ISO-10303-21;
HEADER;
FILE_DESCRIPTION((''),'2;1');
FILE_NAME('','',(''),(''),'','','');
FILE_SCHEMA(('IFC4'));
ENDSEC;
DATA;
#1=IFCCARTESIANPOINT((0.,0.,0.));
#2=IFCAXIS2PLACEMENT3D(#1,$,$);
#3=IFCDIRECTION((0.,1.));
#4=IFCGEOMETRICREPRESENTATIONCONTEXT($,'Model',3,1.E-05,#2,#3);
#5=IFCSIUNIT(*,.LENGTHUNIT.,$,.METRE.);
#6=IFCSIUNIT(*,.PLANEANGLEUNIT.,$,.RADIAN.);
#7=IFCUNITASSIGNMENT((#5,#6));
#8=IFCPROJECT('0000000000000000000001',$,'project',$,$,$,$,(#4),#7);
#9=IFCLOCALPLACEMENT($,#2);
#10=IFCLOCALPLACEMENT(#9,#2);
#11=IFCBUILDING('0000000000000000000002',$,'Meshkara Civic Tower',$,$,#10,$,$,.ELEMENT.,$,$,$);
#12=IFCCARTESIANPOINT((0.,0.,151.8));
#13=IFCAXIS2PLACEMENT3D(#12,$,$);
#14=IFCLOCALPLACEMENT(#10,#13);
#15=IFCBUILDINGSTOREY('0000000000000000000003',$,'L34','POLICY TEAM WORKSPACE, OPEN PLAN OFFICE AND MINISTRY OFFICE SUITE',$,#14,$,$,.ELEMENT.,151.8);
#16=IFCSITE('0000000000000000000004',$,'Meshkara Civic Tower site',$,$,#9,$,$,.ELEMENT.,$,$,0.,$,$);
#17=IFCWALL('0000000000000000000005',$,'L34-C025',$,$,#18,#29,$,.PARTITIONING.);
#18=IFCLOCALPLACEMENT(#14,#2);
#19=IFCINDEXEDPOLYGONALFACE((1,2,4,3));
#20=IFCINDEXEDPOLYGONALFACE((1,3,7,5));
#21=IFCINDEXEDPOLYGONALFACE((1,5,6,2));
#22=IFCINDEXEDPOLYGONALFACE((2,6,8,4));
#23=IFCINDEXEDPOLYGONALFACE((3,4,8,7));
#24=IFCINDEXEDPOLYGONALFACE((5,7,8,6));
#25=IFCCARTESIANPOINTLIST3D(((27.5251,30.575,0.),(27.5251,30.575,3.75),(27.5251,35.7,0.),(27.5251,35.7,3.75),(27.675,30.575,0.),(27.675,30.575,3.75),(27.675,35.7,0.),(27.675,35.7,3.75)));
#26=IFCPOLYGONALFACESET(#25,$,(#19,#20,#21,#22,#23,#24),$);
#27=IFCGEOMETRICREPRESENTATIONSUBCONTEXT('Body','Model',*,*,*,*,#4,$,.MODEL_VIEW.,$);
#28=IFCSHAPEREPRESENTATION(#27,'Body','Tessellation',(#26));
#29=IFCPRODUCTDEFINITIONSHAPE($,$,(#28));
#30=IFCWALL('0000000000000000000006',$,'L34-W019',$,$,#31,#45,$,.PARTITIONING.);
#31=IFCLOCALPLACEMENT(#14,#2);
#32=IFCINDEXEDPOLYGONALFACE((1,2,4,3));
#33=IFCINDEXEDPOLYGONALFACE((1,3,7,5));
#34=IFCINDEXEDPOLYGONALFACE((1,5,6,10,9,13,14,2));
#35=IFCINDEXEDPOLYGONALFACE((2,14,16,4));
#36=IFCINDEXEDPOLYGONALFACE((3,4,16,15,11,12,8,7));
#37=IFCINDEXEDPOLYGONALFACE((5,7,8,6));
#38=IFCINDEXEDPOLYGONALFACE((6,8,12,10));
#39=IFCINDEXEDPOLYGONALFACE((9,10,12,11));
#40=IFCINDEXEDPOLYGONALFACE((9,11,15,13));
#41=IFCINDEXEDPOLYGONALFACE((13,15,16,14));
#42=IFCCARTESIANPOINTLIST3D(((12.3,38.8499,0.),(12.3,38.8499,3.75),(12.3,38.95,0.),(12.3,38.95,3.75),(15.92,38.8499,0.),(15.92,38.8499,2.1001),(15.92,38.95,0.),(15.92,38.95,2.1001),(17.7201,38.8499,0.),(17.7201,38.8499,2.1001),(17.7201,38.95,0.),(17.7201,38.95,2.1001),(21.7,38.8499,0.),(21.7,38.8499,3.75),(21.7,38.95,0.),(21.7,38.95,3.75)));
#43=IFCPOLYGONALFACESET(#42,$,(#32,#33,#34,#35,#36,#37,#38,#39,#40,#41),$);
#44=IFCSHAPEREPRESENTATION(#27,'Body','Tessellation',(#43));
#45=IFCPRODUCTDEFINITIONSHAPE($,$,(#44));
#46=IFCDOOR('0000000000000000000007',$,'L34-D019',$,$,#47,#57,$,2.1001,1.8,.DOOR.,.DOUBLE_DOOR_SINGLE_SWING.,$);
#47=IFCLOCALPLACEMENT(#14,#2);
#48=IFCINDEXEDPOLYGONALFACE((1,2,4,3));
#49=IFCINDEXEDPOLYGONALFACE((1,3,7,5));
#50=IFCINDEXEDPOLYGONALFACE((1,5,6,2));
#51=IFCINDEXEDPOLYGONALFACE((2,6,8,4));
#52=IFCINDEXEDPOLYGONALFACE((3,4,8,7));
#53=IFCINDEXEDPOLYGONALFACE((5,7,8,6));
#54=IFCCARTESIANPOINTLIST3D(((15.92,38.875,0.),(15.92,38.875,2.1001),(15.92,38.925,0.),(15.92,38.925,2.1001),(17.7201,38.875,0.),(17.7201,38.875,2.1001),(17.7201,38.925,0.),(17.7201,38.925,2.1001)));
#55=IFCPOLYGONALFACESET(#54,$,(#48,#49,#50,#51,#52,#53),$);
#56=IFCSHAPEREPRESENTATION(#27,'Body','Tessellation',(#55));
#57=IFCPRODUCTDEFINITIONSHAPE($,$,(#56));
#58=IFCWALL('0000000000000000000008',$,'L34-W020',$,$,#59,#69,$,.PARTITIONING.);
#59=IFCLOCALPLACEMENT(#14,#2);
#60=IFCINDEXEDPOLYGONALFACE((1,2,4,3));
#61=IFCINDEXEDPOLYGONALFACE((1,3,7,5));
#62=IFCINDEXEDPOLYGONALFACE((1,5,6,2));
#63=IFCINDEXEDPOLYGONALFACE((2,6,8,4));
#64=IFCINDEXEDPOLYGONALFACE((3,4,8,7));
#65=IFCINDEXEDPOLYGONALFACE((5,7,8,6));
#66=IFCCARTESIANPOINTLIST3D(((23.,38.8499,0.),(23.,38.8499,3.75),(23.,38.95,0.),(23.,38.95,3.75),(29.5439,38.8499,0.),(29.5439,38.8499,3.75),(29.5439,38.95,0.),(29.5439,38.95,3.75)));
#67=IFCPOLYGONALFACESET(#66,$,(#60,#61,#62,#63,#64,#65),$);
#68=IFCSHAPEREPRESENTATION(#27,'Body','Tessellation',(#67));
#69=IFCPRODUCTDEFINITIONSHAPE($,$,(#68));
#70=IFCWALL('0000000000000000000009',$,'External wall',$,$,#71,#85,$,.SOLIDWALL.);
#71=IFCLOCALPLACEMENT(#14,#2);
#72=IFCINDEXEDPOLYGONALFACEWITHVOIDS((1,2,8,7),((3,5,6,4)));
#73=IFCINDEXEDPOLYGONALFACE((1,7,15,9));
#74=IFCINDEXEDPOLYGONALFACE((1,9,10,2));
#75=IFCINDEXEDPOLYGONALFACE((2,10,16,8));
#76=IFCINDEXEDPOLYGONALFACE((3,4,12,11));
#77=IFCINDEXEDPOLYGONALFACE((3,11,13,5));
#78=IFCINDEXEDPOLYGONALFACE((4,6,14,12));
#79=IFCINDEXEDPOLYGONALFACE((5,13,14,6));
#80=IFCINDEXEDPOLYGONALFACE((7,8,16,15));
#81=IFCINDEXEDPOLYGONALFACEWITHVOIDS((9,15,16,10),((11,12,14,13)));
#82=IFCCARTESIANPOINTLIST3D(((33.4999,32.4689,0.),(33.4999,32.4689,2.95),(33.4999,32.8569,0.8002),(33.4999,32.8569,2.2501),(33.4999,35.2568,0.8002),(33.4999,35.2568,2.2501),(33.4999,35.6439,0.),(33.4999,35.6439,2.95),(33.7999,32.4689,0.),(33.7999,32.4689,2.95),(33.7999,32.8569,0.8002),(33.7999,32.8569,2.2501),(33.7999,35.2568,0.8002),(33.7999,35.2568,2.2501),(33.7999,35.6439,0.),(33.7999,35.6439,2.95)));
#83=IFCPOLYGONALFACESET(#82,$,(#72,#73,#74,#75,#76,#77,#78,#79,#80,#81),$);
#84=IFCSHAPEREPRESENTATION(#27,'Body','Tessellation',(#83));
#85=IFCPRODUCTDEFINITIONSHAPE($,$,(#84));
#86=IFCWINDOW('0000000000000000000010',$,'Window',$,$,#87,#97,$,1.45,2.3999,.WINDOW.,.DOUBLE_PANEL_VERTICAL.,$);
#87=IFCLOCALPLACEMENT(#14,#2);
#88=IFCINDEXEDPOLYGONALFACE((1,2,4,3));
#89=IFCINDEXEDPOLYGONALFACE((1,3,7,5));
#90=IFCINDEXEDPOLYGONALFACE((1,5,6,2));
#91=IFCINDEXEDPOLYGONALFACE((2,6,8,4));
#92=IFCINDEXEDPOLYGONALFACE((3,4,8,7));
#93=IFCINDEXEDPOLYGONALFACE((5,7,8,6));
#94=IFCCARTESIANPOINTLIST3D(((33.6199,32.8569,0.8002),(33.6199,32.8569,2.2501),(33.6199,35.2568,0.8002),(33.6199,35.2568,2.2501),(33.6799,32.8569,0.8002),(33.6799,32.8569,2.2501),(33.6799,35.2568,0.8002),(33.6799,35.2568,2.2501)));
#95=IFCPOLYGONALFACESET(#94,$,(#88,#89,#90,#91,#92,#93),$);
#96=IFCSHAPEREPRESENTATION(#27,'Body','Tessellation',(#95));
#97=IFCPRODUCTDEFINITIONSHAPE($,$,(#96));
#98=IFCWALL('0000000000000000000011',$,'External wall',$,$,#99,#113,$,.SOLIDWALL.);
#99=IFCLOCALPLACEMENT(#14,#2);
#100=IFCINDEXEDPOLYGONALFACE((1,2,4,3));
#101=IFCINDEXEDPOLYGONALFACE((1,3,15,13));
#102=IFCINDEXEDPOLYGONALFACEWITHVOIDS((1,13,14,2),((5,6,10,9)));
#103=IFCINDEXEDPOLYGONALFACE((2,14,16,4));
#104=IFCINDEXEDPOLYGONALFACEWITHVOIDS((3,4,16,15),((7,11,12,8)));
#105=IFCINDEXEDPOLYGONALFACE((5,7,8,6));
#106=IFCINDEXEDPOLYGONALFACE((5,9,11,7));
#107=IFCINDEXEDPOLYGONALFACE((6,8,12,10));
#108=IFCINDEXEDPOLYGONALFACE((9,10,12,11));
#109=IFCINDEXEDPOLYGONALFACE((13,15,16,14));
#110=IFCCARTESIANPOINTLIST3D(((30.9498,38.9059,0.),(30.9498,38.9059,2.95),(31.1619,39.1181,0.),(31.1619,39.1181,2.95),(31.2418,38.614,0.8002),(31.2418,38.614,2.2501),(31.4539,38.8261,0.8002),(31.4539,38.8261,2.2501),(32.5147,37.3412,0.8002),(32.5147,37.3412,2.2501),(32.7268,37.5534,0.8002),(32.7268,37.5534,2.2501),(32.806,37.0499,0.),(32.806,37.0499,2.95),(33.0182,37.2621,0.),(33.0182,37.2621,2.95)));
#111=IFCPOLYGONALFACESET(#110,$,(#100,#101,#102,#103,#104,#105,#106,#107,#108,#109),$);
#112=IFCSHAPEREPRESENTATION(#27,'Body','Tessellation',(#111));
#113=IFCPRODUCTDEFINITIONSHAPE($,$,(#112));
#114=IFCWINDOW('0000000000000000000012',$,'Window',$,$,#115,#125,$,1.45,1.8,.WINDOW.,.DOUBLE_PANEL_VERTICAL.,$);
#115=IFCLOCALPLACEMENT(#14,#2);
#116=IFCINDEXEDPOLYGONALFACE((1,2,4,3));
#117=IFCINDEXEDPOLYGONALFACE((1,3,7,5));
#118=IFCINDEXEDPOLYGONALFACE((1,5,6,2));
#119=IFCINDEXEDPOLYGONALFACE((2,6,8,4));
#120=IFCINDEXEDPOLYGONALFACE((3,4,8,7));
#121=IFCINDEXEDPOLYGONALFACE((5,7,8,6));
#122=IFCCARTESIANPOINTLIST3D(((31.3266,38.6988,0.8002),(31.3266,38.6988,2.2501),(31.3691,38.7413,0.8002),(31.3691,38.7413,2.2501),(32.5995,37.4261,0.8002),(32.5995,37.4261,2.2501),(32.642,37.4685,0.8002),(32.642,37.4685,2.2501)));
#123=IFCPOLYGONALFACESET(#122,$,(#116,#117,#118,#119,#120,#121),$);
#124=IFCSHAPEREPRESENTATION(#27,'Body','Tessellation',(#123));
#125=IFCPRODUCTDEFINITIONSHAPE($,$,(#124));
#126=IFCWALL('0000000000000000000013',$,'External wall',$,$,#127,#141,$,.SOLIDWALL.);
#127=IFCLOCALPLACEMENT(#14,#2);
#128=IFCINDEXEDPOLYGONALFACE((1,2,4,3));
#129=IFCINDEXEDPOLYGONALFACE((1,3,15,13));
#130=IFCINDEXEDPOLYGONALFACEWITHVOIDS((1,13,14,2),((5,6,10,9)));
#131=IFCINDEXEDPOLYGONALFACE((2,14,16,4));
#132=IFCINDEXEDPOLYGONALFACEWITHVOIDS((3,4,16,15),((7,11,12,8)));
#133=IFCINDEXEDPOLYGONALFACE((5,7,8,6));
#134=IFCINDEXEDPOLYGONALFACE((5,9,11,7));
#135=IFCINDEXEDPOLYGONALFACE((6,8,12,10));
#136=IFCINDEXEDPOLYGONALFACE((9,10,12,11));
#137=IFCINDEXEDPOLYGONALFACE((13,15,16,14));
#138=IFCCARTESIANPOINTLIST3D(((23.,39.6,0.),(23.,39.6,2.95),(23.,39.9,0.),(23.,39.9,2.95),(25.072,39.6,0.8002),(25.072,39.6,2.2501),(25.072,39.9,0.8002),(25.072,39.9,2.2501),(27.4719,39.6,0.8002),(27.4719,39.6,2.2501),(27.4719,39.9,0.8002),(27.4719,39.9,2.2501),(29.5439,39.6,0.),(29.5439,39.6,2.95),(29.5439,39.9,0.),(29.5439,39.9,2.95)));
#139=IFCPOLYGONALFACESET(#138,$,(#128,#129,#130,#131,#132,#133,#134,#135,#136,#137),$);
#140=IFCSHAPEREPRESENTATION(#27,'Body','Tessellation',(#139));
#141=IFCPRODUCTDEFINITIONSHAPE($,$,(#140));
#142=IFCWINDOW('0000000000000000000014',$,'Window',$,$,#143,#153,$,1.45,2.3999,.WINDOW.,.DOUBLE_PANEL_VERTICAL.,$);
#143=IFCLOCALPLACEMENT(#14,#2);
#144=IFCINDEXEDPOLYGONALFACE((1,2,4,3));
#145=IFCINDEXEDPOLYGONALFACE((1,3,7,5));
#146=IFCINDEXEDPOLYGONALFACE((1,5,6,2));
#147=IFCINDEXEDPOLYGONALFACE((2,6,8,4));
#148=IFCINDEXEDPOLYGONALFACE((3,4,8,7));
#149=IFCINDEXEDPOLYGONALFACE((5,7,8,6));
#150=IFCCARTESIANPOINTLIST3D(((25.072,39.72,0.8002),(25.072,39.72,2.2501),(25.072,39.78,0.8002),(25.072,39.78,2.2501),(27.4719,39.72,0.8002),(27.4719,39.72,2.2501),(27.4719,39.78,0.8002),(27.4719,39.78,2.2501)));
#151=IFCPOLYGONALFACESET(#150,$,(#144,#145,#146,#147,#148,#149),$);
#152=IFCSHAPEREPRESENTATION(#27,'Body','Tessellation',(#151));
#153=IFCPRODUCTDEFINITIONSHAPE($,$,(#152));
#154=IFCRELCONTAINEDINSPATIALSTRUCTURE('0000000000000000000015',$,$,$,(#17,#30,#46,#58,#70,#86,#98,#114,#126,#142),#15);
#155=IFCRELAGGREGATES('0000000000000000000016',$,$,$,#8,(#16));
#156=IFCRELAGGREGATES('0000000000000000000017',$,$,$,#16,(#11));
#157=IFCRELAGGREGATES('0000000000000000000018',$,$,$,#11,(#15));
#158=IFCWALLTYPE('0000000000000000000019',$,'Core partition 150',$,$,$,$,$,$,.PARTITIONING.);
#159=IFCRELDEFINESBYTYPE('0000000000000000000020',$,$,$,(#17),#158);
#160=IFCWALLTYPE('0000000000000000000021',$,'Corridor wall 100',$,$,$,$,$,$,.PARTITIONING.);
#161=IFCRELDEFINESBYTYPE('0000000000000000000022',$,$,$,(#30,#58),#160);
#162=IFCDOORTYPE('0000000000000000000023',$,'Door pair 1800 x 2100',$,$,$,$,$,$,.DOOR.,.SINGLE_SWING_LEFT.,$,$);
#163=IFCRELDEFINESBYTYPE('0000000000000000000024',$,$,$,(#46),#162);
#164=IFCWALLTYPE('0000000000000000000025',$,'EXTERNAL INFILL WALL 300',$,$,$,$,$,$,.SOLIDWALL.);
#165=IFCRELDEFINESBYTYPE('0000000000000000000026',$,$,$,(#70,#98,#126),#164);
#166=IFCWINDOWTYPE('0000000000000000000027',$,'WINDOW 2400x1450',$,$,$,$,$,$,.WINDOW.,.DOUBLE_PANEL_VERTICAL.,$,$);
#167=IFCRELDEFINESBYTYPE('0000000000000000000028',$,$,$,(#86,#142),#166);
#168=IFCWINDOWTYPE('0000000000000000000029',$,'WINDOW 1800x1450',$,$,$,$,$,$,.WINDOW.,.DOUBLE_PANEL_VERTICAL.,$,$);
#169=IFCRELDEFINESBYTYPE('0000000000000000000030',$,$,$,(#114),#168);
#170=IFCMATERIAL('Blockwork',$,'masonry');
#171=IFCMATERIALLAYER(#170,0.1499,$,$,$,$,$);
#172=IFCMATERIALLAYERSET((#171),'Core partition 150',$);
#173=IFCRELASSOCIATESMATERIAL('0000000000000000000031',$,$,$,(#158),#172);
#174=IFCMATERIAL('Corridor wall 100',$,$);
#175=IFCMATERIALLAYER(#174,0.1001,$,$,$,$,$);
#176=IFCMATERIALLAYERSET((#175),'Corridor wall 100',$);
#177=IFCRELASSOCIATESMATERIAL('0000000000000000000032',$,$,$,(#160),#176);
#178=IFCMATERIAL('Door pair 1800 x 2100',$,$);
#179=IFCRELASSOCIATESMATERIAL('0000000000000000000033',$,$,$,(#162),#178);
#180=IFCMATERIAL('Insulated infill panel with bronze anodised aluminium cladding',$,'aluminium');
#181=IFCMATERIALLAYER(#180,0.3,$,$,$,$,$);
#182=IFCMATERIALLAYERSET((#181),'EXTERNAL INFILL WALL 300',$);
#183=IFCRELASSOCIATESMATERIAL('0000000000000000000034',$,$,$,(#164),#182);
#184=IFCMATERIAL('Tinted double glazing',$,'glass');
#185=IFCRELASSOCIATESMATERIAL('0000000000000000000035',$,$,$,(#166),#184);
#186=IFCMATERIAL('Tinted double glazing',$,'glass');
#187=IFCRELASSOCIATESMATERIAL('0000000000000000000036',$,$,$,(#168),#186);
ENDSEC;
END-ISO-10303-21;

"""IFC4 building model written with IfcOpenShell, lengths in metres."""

from ifc_helpers import new_model, si_unit, direction, frame, frame_2d, origin, place, context, subcontext, project, spatial, rectangle, extrude, material, layer, layer_set, type_object, element, fill, save


model = new_model("IFC4")

# Units and contexts
model_context = context("Model", 3, precision=1e-05, world=origin(), true_north=direction((0.0, 1.0)))
body_context = subcontext(model_context, "Body", "Model", "MODEL_VIEW")
ifc_project = project(units=[si_unit("LENGTHUNIT", "METRE"), si_unit("PLANEANGLEUNIT", "RADIAN")], contexts=[model_context])

# Site, building, storey
site_placement = place(None, origin())
site = spatial("IfcSite", under=ifc_project, at=site_placement, Name="Meshkara Civic Tower site", CompositionType="ELEMENT", RefElevation=0.0)
building_placement = place(site_placement, origin())
building = spatial("IfcBuilding", under=site, at=building_placement, Name="Meshkara Civic Tower", CompositionType="ELEMENT")
storey_placement = place(building_placement, frame((0.0, 0.0, 151.8)))
storey = spatial("IfcBuildingStorey", under=building, at=storey_placement, Name="L34", Description="POLICY TEAM WORKSPACE, OPEN PLAN OFFICE AND MINISTRY OFFICE SUITE", CompositionType="ELEMENT", Elevation=151.8)

# Shared definitions
ifc_material_1 = material(Name="Blockwork", Category="masonry")
ifc_layer_1 = layer(ifc_material_1, 0.1499)
ifc_layer_set_1 = layer_set([ifc_layer_1], Name="Core partition 150")
wall_type_1 = type_object("IfcWallType", Name="Core partition 150", PredefinedType="PARTITIONING", material=ifc_layer_set_1)

# Wall
for number, where, z_axis, x_axis, name in (
    (1, (27.6001, 30.575, 0.0), (0.0, 0.0, 1.0), (0.0, 1.0, 0.0), "L34-C025"),
):
    element("IfcWall", number, at=place(storey_placement, frame(where, z_axis=z_axis, x_axis=x_axis)), inside=storey, type_object=wall_type_1, Name=name, PredefinedType="PARTITIONING", context=body_context, shape_type="SweptSolid", body=[
        extrude(rectangle(XDim=5.125, YDim=0.1499, at=frame_2d((2.5625, 0.0))), origin(), (0.0, 0.0, 1.0), 3.75),
    ])

# Wall, opening, door
ifc_material_2 = material(Name="Corridor wall 100")
ifc_layer_2 = layer(ifc_material_2, 0.1001)
ifc_layer_set_2 = layer_set([ifc_layer_2], Name="Corridor wall 100")
wall_type_2 = type_object("IfcWallType", Name="Corridor wall 100", PredefinedType="PARTITIONING", material=ifc_layer_set_2)
wall_1_placement = place(storey_placement, frame((21.7, 38.8999, 0.0), z_axis=(0.0, 0.0, 1.0), x_axis=(-1.0, 0.0, 0.0)))
wall_1 = element("IfcWall", 2, at=wall_1_placement, inside=storey, type_object=wall_type_2, Name="L34-W019", PredefinedType="PARTITIONING", context=body_context, shape_type="SweptSolid", body=[
    extrude(rectangle(XDim=9.3999, YDim=0.1001, at=frame_2d((4.7, 0.0))), origin(), (0.0, 0.0, 1.0), 3.75),
])
opening_1_placement = place(wall_1_placement, frame((3.98, 0.0, 0.0)))
opening_1 = element("IfcOpeningElement", 3, at=opening_1_placement, cuts=wall_1, PredefinedType="OPENING", context=body_context, shape_type="SweptSolid", body=[
    extrude(rectangle(XDim=1.8, YDim=2.1001, at=frame_2d((0.8999, 1.05))), frame((0.0, 0.0601, 0.0), z_axis=(0.0, -1.0, 0.0), x_axis=(1.0, 0.0, 0.0)), (0.0, 0.0, 1.0), 0.1201),
])
ifc_material_3 = material(Name="Door pair 1800 x 2100")
door_type_1 = type_object("IfcDoorType", Name="Door pair 1800 x 2100", OperationType="SINGLE_SWING_LEFT", PredefinedType="DOOR", material=ifc_material_3)
door_1_placement = place(opening_1_placement, origin())
door_1 = element("IfcDoor", 4, at=door_1_placement, inside=storey, type_object=door_type_1, Name="L34-D019", OperationType="DOUBLE_DOOR_SINGLE_SWING", OverallHeight=2.1001, OverallWidth=1.8, PredefinedType="DOOR", context=body_context, shape_type="SweptSolid", body=[
    extrude(rectangle(XDim=1.8, YDim=2.1001, at=frame_2d((0.8999, 1.05))), frame((0.0, 0.0249, 0.0), z_axis=(0.0, -1.0, 0.0), x_axis=(1.0, 0.0, 0.0)), (0.0, 0.0, 1.0), 0.05),
])
fill(opening_1, door_1)

# Wall
wall_2_placement = place(storey_placement, frame((29.5439, 38.8999, 0.0), z_axis=(0.0, 0.0, 1.0), x_axis=(-1.0, 0.0, 0.0)))
element("IfcWall", 5, at=wall_2_placement, inside=storey, type_object=wall_type_2, Name="L34-W020", PredefinedType="PARTITIONING", context=body_context, shape_type="SweptSolid", body=[
    extrude(rectangle(XDim=6.5439, YDim=0.1001, at=frame_2d((3.272, 0.0))), origin(), (0.0, 0.0, 1.0), 3.75),
])

# Walls, openings, windows
ifc_material_4 = material(Name="Insulated infill panel with bronze anodised aluminium cladding", Category="aluminium")
ifc_layer_3 = layer(ifc_material_4, 0.3)
ifc_layer_set_3 = layer_set([ifc_layer_3], Name="EXTERNAL INFILL WALL 300")
wall_type_3 = type_object("IfcWallType", Name="EXTERNAL INFILL WALL 300", PredefinedType="SOLIDWALL", material=ifc_layer_set_3)
wall_3_placement = place(storey_placement, frame((33.6499, 32.469, 0.0), z_axis=(0.0, 0.0, 1.0), x_axis=(0.0, 1.0, 0.0)))
wall_3 = element("IfcWall", 6, at=wall_3_placement, inside=storey, type_object=wall_type_3, Name="External wall", PredefinedType="SOLIDWALL", context=body_context, shape_type="SweptSolid", body=[
    extrude(rectangle(XDim=3.175, YDim=0.3, at=frame_2d((1.5874, 0.0))), origin(), (0.0, 0.0, 1.0), 2.95),
])
opening_2_placement = place(wall_3_placement, frame((0.3879, 0.0, 0.8)))
opening_2 = element("IfcOpeningElement", 7, at=opening_2_placement, cuts=wall_3, PredefinedType="OPENING", context=body_context, shape_type="SweptSolid", body=[
    extrude(rectangle(XDim=2.3999, YDim=1.45, at=frame_2d((1.2, 0.7251))), frame((0.0, 0.1599, 0.0), z_axis=(0.0, -1.0, 0.0), x_axis=(1.0, 0.0, 0.0)), (0.0, 0.0, 1.0), 0.3201),
])
ifc_material_5 = material(Name="Tinted double glazing", Category="glass")
window_type_1 = type_object("IfcWindowType", Name="WINDOW 2400x1450", PartitioningType="DOUBLE_PANEL_VERTICAL", PredefinedType="WINDOW", material=ifc_material_5)
window_1_placement = place(opening_2_placement, origin())
window_1 = element("IfcWindow", 8, at=window_1_placement, inside=storey, type_object=window_type_1, Name="Window", OverallHeight=1.45, OverallWidth=2.3999, PartitioningType="DOUBLE_PANEL_VERTICAL", PredefinedType="WINDOW", context=body_context, shape_type="SweptSolid", body=[
    extrude(rectangle(XDim=2.3999, YDim=1.45, at=frame_2d((1.2, 0.7251))), frame((0.0, 0.03, 0.0), z_axis=(0.0, -1.0, 0.0), x_axis=(1.0, 0.0, 0.0)), (0.0, 0.0, 1.0), 0.0601),
])
fill(opening_2, window_1)
wall_4_placement = place(storey_placement, frame((32.9121, 37.156, 0.0), z_axis=(0.0, 0.0, 1.0), x_axis=(-0.707153, 0.70706, 0.0)))
wall_4 = element("IfcWall", 9, at=wall_4_placement, inside=storey, type_object=wall_type_3, Name="External wall", PredefinedType="SOLIDWALL", context=body_context, shape_type="SweptSolid", body=[
    extrude(rectangle(XDim=2.625, YDim=0.3, at=frame_2d((1.3125, 0.0))), origin(), (0.0, 0.0, 1.0), 2.95),
])
opening_3_placement = place(wall_4_placement, frame((0.4121, 0.0, 0.8)))
opening_3 = element("IfcOpeningElement", 10, at=opening_3_placement, cuts=wall_4, PredefinedType="OPENING", context=body_context, shape_type="SweptSolid", body=[
    extrude(rectangle(XDim=1.8, YDim=1.45, at=frame_2d((0.8999, 0.7251))), frame((0.0, 0.1599, 0.0), z_axis=(0.0, -1.0, 0.0), x_axis=(1.0, 0.0, 0.0)), (0.0, 0.0, 1.0), 0.3201),
])
ifc_material_6 = material(Name="Tinted double glazing", Category="glass")
window_type_2 = type_object("IfcWindowType", Name="WINDOW 1800x1450", PartitioningType="DOUBLE_PANEL_VERTICAL", PredefinedType="WINDOW", material=ifc_material_6)
window_2_placement = place(opening_3_placement, origin())
window_2 = element("IfcWindow", 11, at=window_2_placement, inside=storey, type_object=window_type_2, Name="Window", OverallHeight=1.45, OverallWidth=1.8, PartitioningType="DOUBLE_PANEL_VERTICAL", PredefinedType="WINDOW", context=body_context, shape_type="SweptSolid", body=[
    extrude(rectangle(XDim=1.8, YDim=1.45, at=frame_2d((0.8999, 0.7251))), frame((0.0, 0.03, 0.0), z_axis=(0.0, -1.0, 0.0), x_axis=(1.0, 0.0, 0.0)), (0.0, 0.0, 1.0), 0.0601),
])
fill(opening_3, window_2)
wall_5_placement = place(storey_placement, frame((29.5439, 39.75, 0.0), z_axis=(0.0, 0.0, 1.0), x_axis=(-1.0, 0.0, 0.0)))
wall_5 = element("IfcWall", 12, at=wall_5_placement, inside=storey, type_object=wall_type_3, Name="External wall", PredefinedType="SOLIDWALL", context=body_context, shape_type="SweptSolid", body=[
    extrude(rectangle(XDim=6.5439, YDim=0.3, at=frame_2d((3.272, 0.0))), origin(), (0.0, 0.0, 1.0), 2.95),
])
opening_4_placement = place(wall_5_placement, frame((2.072, 0.0, 0.8)))
opening_4 = element("IfcOpeningElement", 13, at=opening_4_placement, cuts=wall_5, PredefinedType="OPENING", context=body_context, shape_type="SweptSolid", body=[
    extrude(rectangle(XDim=2.3999, YDim=1.45, at=frame_2d((1.2, 0.7251))), frame((0.0, 0.1599, 0.0), z_axis=(0.0, -1.0, 0.0), x_axis=(1.0, 0.0, 0.0)), (0.0, 0.0, 1.0), 0.3201),
])
window_3_placement = place(opening_4_placement, origin())
window_3 = element("IfcWindow", 14, at=window_3_placement, inside=storey, type_object=window_type_1, Name="Window", OverallHeight=1.45, OverallWidth=2.3999, PartitioningType="DOUBLE_PANEL_VERTICAL", PredefinedType="WINDOW", context=body_context, shape_type="SweptSolid", body=[
    extrude(rectangle(XDim=2.3999, YDim=1.45, at=frame_2d((1.2, 0.7251))), frame((0.0, 0.03, 0.0), z_axis=(0.0, -1.0, 0.0), x_axis=(1.0, 0.0, 0.0)), (0.0, 0.0, 1.0), 0.0601),
])
fill(opening_4, window_3)

save(model, "model.ifc")
